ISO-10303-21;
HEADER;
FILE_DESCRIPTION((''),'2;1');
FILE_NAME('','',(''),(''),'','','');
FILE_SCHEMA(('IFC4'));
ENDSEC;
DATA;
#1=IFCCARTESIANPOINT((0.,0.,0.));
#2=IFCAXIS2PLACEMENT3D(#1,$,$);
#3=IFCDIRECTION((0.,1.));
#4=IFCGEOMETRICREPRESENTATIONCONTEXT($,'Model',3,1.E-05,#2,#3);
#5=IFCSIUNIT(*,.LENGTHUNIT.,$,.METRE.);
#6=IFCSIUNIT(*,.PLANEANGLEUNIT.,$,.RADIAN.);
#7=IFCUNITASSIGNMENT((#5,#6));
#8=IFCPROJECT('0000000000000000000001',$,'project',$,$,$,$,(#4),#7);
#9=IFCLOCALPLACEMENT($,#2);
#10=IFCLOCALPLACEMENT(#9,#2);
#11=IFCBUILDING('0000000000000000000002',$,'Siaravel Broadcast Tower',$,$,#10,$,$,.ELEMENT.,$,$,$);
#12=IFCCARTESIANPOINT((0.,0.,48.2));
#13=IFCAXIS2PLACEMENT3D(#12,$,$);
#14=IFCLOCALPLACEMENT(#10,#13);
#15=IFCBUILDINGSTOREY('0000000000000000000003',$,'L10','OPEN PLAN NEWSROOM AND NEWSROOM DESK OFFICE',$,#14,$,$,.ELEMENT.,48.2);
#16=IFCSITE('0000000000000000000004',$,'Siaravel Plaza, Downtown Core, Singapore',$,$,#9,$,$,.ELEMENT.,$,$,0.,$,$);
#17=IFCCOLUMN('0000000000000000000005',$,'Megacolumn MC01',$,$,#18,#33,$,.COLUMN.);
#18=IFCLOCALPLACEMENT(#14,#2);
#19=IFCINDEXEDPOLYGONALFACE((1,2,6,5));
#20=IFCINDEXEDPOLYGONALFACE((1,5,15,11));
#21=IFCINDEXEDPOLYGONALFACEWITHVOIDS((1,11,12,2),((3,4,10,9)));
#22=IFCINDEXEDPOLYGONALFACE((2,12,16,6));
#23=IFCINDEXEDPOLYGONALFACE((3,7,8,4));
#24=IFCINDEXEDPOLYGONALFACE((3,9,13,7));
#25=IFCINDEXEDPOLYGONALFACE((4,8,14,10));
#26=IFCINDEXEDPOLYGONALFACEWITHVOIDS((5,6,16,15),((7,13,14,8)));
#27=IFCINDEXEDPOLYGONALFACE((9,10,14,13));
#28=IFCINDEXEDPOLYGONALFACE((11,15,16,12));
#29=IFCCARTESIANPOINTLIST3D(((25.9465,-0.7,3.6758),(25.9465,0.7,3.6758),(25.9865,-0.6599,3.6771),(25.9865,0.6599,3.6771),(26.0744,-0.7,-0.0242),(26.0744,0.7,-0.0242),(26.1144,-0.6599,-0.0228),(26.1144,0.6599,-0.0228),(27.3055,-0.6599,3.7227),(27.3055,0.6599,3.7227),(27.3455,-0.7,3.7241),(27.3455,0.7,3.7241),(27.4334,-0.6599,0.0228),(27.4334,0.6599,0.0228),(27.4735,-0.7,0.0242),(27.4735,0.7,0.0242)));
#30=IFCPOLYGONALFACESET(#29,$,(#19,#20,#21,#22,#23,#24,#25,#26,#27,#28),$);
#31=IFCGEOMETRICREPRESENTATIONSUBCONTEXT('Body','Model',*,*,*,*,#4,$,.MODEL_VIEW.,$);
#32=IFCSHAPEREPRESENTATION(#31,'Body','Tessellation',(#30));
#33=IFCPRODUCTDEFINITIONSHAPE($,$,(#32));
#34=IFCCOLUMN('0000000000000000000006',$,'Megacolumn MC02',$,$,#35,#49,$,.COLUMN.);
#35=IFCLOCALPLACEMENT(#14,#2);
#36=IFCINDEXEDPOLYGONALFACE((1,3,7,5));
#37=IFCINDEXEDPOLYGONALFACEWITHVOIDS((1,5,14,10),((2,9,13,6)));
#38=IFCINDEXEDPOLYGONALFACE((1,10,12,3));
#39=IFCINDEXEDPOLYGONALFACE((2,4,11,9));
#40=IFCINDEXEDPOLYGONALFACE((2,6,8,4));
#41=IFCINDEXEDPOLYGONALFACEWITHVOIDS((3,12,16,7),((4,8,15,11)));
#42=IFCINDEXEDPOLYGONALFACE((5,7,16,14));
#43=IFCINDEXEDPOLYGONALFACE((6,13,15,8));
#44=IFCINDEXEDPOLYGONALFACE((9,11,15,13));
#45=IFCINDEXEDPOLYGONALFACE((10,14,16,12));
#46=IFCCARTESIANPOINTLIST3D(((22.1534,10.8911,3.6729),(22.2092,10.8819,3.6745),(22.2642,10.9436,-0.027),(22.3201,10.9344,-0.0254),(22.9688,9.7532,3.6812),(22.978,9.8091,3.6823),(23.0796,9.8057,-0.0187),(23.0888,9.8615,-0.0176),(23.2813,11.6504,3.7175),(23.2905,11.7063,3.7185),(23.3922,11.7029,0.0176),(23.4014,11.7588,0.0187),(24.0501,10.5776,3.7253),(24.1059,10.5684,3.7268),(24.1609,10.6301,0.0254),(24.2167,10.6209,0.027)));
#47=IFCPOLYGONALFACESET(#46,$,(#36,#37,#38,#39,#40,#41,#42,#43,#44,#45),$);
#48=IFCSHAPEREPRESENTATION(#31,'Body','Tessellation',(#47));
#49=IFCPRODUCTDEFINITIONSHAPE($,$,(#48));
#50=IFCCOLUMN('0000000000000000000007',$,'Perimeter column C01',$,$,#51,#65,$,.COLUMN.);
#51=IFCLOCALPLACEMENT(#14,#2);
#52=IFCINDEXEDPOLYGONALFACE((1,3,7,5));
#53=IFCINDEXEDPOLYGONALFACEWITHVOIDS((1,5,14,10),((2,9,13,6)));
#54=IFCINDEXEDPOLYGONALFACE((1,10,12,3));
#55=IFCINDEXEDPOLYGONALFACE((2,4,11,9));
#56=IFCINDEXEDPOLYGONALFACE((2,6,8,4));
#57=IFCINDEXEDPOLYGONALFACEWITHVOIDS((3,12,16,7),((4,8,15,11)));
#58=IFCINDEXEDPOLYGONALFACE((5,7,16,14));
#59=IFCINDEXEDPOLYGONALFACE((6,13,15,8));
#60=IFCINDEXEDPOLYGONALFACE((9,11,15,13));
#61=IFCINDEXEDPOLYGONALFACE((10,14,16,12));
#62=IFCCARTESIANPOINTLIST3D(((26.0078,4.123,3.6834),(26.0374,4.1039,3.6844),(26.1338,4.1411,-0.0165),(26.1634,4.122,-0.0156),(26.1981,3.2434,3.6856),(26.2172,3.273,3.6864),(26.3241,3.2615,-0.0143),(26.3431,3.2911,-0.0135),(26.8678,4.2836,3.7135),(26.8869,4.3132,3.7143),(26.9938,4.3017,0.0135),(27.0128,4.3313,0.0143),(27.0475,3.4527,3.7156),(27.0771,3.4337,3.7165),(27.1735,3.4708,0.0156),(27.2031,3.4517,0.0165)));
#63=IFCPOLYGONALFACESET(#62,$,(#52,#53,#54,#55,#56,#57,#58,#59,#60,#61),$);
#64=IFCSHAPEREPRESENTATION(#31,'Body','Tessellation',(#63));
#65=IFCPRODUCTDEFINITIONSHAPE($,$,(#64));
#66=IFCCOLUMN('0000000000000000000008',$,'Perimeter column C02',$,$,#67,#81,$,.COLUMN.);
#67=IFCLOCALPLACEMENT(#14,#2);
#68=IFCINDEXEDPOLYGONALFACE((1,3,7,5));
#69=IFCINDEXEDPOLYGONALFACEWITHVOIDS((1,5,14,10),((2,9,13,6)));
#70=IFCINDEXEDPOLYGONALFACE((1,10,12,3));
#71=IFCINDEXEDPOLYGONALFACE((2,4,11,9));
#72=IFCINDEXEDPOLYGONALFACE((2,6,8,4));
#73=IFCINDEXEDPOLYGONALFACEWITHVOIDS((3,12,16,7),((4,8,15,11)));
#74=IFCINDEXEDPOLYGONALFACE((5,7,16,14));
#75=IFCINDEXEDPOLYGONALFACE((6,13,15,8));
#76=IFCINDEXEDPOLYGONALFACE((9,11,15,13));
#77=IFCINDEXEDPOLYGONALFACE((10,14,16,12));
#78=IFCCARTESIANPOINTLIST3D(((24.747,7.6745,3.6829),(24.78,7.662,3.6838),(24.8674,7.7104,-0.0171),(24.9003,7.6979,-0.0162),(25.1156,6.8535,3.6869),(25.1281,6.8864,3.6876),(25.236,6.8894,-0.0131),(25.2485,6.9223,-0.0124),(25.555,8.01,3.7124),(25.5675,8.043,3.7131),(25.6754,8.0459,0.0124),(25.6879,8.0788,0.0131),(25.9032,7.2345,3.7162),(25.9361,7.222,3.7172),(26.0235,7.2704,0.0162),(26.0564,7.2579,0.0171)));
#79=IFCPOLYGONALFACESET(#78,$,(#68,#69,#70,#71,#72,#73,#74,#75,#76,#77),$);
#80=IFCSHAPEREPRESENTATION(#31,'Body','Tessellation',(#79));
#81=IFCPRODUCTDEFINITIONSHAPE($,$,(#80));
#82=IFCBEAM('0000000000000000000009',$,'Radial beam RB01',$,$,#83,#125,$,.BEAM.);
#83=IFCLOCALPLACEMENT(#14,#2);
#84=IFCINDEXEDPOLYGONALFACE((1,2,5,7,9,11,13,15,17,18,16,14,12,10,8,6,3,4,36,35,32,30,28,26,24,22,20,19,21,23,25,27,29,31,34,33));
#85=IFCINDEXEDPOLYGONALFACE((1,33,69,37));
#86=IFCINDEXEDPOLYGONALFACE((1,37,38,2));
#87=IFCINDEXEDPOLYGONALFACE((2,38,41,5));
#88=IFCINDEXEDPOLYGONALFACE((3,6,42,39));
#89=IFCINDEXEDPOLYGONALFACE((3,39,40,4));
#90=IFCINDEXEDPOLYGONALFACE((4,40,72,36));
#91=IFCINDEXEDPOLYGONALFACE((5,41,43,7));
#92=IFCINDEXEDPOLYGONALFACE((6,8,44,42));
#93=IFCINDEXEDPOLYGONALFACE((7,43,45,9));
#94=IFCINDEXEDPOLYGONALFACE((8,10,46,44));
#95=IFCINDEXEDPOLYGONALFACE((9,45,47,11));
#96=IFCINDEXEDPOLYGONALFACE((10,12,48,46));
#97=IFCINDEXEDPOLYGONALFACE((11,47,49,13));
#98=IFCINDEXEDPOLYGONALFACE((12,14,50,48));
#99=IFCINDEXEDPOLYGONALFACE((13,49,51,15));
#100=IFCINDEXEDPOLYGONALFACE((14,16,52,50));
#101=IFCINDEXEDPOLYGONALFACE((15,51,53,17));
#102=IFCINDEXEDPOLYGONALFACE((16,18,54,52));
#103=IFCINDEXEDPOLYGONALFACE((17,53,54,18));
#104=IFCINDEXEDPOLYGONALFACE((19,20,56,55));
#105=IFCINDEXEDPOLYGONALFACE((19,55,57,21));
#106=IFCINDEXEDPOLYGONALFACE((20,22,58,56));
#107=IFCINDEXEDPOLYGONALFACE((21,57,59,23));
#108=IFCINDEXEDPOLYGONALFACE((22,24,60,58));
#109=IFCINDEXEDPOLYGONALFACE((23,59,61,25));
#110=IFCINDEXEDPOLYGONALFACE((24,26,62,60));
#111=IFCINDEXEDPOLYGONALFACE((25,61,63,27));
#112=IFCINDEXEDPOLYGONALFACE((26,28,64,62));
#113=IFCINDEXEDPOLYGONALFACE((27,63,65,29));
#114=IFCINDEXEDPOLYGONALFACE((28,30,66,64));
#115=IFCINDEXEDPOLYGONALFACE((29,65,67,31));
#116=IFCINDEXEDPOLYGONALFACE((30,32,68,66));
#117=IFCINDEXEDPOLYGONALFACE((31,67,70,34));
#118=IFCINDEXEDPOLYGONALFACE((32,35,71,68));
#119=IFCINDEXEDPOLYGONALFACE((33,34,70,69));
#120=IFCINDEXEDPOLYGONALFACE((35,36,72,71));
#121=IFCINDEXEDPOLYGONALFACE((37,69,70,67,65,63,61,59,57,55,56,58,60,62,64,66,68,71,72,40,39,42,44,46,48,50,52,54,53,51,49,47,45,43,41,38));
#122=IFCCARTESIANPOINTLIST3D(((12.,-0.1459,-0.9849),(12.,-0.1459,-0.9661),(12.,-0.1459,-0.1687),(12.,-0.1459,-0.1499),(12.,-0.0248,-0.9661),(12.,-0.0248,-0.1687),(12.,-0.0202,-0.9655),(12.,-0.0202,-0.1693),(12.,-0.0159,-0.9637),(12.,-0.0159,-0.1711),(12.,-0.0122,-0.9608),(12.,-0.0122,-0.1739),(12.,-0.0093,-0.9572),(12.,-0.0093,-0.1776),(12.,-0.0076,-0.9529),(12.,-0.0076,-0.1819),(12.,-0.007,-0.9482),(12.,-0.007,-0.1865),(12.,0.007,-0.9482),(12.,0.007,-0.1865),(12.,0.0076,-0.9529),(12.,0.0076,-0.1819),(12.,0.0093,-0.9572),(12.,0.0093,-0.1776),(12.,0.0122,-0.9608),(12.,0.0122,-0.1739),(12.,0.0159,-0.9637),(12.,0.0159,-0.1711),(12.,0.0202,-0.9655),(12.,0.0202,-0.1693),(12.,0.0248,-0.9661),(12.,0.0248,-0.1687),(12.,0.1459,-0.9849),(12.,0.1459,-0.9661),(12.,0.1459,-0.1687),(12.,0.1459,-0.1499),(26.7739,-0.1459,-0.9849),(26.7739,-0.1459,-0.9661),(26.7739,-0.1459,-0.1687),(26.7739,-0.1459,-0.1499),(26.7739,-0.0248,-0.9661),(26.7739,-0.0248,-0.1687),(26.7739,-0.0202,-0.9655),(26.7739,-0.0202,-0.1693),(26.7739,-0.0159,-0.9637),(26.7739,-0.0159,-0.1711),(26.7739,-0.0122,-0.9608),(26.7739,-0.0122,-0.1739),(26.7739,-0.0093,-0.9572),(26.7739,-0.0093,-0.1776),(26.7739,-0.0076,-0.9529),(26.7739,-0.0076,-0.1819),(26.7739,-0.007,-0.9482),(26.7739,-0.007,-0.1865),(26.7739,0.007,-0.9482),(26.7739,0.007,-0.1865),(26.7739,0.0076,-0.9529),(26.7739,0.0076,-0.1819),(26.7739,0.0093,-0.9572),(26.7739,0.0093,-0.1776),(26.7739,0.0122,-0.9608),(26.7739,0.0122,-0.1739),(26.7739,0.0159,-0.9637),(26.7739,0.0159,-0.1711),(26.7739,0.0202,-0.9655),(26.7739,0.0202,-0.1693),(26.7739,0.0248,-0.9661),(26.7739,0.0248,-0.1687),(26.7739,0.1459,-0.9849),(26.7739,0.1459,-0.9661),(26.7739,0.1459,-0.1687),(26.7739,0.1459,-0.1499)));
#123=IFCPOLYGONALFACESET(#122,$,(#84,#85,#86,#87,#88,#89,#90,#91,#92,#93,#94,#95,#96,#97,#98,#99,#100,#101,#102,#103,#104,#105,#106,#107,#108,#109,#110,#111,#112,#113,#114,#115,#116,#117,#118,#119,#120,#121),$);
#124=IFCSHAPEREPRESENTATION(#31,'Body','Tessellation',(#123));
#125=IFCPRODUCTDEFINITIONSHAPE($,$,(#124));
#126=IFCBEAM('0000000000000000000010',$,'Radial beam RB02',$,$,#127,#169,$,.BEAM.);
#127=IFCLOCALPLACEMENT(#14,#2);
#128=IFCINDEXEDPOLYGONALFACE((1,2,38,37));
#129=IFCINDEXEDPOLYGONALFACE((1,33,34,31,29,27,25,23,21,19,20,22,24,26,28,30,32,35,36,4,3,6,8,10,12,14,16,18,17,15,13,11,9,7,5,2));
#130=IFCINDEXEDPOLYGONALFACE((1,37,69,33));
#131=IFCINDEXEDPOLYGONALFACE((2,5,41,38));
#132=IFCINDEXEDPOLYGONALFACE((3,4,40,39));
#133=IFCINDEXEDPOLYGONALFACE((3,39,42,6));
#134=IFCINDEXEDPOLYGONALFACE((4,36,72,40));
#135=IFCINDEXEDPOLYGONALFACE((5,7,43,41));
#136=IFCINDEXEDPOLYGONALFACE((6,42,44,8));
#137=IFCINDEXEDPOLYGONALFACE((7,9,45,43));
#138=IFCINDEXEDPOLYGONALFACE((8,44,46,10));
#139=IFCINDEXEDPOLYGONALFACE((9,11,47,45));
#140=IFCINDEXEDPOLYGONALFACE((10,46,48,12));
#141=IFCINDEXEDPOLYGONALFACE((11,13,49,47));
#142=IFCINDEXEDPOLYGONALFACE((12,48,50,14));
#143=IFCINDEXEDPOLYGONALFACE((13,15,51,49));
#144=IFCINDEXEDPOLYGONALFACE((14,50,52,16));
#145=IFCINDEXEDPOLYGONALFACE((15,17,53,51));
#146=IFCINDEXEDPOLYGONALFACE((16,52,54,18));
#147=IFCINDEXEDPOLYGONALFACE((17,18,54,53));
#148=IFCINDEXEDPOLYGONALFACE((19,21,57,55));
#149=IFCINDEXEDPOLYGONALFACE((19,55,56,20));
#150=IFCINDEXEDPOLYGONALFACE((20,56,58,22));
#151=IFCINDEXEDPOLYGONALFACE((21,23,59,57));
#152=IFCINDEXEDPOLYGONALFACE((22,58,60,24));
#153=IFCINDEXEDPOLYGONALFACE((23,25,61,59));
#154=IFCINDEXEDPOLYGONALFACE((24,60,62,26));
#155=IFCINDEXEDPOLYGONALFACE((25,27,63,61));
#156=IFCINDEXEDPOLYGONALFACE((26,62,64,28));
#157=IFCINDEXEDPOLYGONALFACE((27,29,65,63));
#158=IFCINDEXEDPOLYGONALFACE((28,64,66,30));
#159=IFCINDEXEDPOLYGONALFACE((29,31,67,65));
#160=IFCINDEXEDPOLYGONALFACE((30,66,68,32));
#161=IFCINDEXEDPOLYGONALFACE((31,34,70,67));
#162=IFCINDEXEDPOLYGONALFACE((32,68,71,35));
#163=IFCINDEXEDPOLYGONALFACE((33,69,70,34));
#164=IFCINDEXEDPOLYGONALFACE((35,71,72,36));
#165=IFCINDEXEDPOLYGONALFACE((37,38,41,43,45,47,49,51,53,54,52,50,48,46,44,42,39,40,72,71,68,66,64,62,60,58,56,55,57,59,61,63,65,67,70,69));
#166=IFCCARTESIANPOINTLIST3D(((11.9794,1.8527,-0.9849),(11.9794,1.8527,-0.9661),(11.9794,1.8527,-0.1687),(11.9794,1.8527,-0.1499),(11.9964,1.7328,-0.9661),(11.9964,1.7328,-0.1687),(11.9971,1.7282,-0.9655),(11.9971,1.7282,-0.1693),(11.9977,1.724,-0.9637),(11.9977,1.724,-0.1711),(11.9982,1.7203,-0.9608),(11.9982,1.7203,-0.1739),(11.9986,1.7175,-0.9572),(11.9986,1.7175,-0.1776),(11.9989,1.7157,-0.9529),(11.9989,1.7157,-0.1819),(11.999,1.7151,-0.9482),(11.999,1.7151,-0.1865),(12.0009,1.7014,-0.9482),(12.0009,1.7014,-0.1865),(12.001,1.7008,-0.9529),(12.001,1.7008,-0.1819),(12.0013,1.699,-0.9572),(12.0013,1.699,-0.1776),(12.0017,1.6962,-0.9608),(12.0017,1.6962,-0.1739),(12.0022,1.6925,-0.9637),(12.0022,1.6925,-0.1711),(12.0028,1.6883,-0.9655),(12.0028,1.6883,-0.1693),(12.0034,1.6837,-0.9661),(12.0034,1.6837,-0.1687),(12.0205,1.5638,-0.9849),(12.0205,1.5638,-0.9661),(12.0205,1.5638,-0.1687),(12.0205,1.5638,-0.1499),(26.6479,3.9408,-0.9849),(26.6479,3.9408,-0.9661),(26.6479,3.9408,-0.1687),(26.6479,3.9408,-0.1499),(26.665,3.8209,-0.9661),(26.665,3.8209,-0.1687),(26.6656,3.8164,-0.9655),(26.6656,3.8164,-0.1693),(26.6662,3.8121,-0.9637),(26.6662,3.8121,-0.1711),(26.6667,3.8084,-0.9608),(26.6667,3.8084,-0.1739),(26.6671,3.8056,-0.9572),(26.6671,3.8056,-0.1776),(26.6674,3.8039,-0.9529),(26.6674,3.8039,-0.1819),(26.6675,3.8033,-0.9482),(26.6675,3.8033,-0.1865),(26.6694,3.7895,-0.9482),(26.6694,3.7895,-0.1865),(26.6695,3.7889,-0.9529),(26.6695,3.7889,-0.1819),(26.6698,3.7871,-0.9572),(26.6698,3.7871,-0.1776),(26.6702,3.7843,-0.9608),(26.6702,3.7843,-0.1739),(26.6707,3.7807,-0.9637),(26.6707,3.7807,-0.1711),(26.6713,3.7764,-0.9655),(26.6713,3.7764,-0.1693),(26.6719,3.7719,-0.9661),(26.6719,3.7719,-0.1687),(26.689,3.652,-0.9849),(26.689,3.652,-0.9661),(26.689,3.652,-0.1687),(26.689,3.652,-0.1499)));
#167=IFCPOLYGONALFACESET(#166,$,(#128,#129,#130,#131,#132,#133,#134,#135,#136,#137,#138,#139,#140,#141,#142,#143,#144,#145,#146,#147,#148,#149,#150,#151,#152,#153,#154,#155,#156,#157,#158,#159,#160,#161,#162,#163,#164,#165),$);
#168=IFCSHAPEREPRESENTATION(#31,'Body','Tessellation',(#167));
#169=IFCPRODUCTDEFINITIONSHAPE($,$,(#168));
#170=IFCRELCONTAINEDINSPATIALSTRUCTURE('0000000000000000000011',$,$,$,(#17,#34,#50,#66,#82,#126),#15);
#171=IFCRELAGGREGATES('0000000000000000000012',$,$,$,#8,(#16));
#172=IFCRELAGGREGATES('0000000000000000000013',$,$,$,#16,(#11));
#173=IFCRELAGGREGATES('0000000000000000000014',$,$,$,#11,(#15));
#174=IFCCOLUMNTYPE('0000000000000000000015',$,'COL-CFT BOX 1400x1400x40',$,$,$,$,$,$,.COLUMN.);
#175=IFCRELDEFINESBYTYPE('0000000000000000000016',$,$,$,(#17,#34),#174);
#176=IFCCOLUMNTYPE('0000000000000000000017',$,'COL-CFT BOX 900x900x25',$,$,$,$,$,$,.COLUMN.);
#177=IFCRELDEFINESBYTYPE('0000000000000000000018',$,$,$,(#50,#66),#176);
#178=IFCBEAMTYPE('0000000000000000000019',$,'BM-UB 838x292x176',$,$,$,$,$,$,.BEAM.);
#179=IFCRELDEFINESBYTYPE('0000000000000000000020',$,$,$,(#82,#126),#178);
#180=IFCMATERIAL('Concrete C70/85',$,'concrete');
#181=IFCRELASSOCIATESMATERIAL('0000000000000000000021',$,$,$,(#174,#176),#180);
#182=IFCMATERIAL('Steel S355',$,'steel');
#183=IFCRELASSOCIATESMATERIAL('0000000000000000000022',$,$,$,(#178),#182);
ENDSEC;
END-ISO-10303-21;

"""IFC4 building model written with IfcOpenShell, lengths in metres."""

from ifc_helpers import new_model, si_unit, direction, frame, origin, origin_2d, place, context, subcontext, project, spatial, hollow_rectangle, i_section, extrude, material, material_profile, profile_set, type_object, element, save


model = new_model("IFC4")

# Units and contexts
model_context = context("Model", 3, precision=1e-05, world=origin(), true_north=direction((0.0, 1.0)))
body_context = subcontext(model_context, "Body", "Model", "MODEL_VIEW")
ifc_project = project(units=[si_unit("LENGTHUNIT", "METRE"), si_unit("PLANEANGLEUNIT", "RADIAN")], contexts=[model_context])

# Site, building, storey
site_placement = place(None, origin())
site = spatial("IfcSite", under=ifc_project, at=site_placement, Name="Siaravel Plaza, Downtown Core, Singapore", CompositionType="ELEMENT", RefElevation=0.0)
building_placement = place(site_placement, origin())
building = spatial("IfcBuilding", under=site, at=building_placement, Name="Siaravel Broadcast Tower", CompositionType="ELEMENT")
storey_placement = place(building_placement, frame((0.0, 0.0, 48.2)))
storey = spatial("IfcBuildingStorey", under=building, at=storey_placement, Name="L10", Description="OPEN PLAN NEWSROOM AND NEWSROOM DESK OFFICE", CompositionType="ELEMENT", Elevation=48.2)

# Columns
ifc_material_1 = material(Name="Concrete C70/85", Category="concrete")
ifc_material_profile_1 = material_profile(ifc_material_1, hollow_rectangle(XDim=1.3999, YDim=1.3999, WallThickness=0.04, at=origin_2d()))
ifc_profile_set_1 = profile_set([ifc_material_profile_1], Name="Concrete C70/85")
column_type_1 = type_object("IfcColumnType", Name="COL-CFT BOX 1400x1400x40", PredefinedType="COLUMN", material=ifc_profile_set_1)
column_1_placement = place(storey_placement, frame((26.7739, 0.0, 0.0), z_axis=(-0.034555, 0.0, 0.999403), x_axis=(0.0, -1.0, 0.0)))
element("IfcColumn", 1, at=column_1_placement, inside=storey, type_object=column_type_1, Name="Megacolumn MC01", PredefinedType="COLUMN", context=body_context, shape_type="SweptSolid", body=[
    extrude(hollow_rectangle(XDim=1.3999, YDim=1.3999, WallThickness=0.04, at=origin_2d()), origin(), (0.0, 0.0, 1.0), 3.7021),
])
column_2_placement = place(storey_placement, frame((23.2405, 10.7822, 0.0), z_axis=(-0.029941, -0.014179, 0.999451), x_axis=(0.582456, -0.81284, 0.005917)))
element("IfcColumn", 2, at=column_2_placement, inside=storey, type_object=column_type_1, Name="Megacolumn MC02", PredefinedType="COLUMN", context=body_context, shape_type="SweptSolid", body=[
    extrude(hollow_rectangle(XDim=1.3999, YDim=1.3999, WallThickness=0.04, at=origin_2d()), origin(), (0.0, 0.0, 1.0), 3.7019),
])
ifc_material_profile_2 = material_profile(ifc_material_1, hollow_rectangle(XDim=0.8999, YDim=0.8999, WallThickness=0.0249, at=origin_2d()))
ifc_profile_set_2 = profile_set([ifc_material_profile_2], Name="Concrete C70/85")
column_type_2 = type_object("IfcColumnType", Name="COL-CFT BOX 900x900x25", PredefinedType="COLUMN", material=ifc_profile_set_2)
for number, where, z_axis, x_axis, name in (
    (3, (26.6685, 3.7964, 0.0), (-0.034028, -0.00488, 0.999409), (0.211423, -0.977392, 0.002426), "Perimeter column C01"),
    (4, (25.4619, 7.4841, 0.0), (-0.032512, -0.009694, 0.999424), (0.409552, -0.912276, 0.004474), "Perimeter column C02"),
):
    element("IfcColumn", number, at=place(storey_placement, frame(where, z_axis=z_axis, x_axis=x_axis)), inside=storey, type_object=column_type_2, Name=name, PredefinedType="COLUMN", context=body_context, shape_type="SweptSolid", body=[
        extrude(hollow_rectangle(XDim=0.8999, YDim=0.8999, WallThickness=0.0249, at=origin_2d()), origin(), (0.0, 0.0, 1.0), 3.7021),
    ])

# Beams
ifc_material_2 = material(Name="Steel S355", Category="steel")
ifc_material_profile_3 = material_profile(ifc_material_2, i_section(OverallWidth=0.2917, OverallDepth=0.835, WebThickness=0.0139, FlangeThickness=0.0188, FilletRadius=0.0178, at=origin_2d()))
ifc_profile_set_3 = profile_set([ifc_material_profile_3], Name="Steel S355")
beam_type = type_object("IfcBeamType", Name="BM-UB 838x292x176", PredefinedType="BEAM", material=ifc_profile_set_3)
beam_1_placement = place(storey_placement, frame((26.7739, 0.0, -0.5674), z_axis=(-1.0, 0.0, 0.0), x_axis=(0.0, -1.0, 0.0)))
element("IfcBeam", 5, at=beam_1_placement, inside=storey, type_object=beam_type, Name="Radial beam RB01", PredefinedType="BEAM", context=body_context, shape_type="SweptSolid", body=[
    extrude(i_section(OverallWidth=0.2917, OverallDepth=0.835, WebThickness=0.0139, FlangeThickness=0.0188, FilletRadius=0.0178, at=origin_2d()), origin(), (0.0, 0.0, 1.0), 14.7739),
])
beam_2_placement = place(storey_placement, frame((26.6685, 3.7964, -0.5674), z_axis=(-0.990019, -0.140935, 0.0), x_axis=(0.140935, -0.990019, 0.0)))
element("IfcBeam", 6, at=beam_2_placement, inside=storey, type_object=beam_type, Name="Radial beam RB02", PredefinedType="BEAM", context=body_context, shape_type="SweptSolid", body=[
    extrude(i_section(OverallWidth=0.2917, OverallDepth=0.835, WebThickness=0.0139, FlangeThickness=0.0188, FilletRadius=0.0178, at=origin_2d()), origin(), (0.0, 0.0, 1.0), 14.8164),
])

save(model, "model.ifc")
